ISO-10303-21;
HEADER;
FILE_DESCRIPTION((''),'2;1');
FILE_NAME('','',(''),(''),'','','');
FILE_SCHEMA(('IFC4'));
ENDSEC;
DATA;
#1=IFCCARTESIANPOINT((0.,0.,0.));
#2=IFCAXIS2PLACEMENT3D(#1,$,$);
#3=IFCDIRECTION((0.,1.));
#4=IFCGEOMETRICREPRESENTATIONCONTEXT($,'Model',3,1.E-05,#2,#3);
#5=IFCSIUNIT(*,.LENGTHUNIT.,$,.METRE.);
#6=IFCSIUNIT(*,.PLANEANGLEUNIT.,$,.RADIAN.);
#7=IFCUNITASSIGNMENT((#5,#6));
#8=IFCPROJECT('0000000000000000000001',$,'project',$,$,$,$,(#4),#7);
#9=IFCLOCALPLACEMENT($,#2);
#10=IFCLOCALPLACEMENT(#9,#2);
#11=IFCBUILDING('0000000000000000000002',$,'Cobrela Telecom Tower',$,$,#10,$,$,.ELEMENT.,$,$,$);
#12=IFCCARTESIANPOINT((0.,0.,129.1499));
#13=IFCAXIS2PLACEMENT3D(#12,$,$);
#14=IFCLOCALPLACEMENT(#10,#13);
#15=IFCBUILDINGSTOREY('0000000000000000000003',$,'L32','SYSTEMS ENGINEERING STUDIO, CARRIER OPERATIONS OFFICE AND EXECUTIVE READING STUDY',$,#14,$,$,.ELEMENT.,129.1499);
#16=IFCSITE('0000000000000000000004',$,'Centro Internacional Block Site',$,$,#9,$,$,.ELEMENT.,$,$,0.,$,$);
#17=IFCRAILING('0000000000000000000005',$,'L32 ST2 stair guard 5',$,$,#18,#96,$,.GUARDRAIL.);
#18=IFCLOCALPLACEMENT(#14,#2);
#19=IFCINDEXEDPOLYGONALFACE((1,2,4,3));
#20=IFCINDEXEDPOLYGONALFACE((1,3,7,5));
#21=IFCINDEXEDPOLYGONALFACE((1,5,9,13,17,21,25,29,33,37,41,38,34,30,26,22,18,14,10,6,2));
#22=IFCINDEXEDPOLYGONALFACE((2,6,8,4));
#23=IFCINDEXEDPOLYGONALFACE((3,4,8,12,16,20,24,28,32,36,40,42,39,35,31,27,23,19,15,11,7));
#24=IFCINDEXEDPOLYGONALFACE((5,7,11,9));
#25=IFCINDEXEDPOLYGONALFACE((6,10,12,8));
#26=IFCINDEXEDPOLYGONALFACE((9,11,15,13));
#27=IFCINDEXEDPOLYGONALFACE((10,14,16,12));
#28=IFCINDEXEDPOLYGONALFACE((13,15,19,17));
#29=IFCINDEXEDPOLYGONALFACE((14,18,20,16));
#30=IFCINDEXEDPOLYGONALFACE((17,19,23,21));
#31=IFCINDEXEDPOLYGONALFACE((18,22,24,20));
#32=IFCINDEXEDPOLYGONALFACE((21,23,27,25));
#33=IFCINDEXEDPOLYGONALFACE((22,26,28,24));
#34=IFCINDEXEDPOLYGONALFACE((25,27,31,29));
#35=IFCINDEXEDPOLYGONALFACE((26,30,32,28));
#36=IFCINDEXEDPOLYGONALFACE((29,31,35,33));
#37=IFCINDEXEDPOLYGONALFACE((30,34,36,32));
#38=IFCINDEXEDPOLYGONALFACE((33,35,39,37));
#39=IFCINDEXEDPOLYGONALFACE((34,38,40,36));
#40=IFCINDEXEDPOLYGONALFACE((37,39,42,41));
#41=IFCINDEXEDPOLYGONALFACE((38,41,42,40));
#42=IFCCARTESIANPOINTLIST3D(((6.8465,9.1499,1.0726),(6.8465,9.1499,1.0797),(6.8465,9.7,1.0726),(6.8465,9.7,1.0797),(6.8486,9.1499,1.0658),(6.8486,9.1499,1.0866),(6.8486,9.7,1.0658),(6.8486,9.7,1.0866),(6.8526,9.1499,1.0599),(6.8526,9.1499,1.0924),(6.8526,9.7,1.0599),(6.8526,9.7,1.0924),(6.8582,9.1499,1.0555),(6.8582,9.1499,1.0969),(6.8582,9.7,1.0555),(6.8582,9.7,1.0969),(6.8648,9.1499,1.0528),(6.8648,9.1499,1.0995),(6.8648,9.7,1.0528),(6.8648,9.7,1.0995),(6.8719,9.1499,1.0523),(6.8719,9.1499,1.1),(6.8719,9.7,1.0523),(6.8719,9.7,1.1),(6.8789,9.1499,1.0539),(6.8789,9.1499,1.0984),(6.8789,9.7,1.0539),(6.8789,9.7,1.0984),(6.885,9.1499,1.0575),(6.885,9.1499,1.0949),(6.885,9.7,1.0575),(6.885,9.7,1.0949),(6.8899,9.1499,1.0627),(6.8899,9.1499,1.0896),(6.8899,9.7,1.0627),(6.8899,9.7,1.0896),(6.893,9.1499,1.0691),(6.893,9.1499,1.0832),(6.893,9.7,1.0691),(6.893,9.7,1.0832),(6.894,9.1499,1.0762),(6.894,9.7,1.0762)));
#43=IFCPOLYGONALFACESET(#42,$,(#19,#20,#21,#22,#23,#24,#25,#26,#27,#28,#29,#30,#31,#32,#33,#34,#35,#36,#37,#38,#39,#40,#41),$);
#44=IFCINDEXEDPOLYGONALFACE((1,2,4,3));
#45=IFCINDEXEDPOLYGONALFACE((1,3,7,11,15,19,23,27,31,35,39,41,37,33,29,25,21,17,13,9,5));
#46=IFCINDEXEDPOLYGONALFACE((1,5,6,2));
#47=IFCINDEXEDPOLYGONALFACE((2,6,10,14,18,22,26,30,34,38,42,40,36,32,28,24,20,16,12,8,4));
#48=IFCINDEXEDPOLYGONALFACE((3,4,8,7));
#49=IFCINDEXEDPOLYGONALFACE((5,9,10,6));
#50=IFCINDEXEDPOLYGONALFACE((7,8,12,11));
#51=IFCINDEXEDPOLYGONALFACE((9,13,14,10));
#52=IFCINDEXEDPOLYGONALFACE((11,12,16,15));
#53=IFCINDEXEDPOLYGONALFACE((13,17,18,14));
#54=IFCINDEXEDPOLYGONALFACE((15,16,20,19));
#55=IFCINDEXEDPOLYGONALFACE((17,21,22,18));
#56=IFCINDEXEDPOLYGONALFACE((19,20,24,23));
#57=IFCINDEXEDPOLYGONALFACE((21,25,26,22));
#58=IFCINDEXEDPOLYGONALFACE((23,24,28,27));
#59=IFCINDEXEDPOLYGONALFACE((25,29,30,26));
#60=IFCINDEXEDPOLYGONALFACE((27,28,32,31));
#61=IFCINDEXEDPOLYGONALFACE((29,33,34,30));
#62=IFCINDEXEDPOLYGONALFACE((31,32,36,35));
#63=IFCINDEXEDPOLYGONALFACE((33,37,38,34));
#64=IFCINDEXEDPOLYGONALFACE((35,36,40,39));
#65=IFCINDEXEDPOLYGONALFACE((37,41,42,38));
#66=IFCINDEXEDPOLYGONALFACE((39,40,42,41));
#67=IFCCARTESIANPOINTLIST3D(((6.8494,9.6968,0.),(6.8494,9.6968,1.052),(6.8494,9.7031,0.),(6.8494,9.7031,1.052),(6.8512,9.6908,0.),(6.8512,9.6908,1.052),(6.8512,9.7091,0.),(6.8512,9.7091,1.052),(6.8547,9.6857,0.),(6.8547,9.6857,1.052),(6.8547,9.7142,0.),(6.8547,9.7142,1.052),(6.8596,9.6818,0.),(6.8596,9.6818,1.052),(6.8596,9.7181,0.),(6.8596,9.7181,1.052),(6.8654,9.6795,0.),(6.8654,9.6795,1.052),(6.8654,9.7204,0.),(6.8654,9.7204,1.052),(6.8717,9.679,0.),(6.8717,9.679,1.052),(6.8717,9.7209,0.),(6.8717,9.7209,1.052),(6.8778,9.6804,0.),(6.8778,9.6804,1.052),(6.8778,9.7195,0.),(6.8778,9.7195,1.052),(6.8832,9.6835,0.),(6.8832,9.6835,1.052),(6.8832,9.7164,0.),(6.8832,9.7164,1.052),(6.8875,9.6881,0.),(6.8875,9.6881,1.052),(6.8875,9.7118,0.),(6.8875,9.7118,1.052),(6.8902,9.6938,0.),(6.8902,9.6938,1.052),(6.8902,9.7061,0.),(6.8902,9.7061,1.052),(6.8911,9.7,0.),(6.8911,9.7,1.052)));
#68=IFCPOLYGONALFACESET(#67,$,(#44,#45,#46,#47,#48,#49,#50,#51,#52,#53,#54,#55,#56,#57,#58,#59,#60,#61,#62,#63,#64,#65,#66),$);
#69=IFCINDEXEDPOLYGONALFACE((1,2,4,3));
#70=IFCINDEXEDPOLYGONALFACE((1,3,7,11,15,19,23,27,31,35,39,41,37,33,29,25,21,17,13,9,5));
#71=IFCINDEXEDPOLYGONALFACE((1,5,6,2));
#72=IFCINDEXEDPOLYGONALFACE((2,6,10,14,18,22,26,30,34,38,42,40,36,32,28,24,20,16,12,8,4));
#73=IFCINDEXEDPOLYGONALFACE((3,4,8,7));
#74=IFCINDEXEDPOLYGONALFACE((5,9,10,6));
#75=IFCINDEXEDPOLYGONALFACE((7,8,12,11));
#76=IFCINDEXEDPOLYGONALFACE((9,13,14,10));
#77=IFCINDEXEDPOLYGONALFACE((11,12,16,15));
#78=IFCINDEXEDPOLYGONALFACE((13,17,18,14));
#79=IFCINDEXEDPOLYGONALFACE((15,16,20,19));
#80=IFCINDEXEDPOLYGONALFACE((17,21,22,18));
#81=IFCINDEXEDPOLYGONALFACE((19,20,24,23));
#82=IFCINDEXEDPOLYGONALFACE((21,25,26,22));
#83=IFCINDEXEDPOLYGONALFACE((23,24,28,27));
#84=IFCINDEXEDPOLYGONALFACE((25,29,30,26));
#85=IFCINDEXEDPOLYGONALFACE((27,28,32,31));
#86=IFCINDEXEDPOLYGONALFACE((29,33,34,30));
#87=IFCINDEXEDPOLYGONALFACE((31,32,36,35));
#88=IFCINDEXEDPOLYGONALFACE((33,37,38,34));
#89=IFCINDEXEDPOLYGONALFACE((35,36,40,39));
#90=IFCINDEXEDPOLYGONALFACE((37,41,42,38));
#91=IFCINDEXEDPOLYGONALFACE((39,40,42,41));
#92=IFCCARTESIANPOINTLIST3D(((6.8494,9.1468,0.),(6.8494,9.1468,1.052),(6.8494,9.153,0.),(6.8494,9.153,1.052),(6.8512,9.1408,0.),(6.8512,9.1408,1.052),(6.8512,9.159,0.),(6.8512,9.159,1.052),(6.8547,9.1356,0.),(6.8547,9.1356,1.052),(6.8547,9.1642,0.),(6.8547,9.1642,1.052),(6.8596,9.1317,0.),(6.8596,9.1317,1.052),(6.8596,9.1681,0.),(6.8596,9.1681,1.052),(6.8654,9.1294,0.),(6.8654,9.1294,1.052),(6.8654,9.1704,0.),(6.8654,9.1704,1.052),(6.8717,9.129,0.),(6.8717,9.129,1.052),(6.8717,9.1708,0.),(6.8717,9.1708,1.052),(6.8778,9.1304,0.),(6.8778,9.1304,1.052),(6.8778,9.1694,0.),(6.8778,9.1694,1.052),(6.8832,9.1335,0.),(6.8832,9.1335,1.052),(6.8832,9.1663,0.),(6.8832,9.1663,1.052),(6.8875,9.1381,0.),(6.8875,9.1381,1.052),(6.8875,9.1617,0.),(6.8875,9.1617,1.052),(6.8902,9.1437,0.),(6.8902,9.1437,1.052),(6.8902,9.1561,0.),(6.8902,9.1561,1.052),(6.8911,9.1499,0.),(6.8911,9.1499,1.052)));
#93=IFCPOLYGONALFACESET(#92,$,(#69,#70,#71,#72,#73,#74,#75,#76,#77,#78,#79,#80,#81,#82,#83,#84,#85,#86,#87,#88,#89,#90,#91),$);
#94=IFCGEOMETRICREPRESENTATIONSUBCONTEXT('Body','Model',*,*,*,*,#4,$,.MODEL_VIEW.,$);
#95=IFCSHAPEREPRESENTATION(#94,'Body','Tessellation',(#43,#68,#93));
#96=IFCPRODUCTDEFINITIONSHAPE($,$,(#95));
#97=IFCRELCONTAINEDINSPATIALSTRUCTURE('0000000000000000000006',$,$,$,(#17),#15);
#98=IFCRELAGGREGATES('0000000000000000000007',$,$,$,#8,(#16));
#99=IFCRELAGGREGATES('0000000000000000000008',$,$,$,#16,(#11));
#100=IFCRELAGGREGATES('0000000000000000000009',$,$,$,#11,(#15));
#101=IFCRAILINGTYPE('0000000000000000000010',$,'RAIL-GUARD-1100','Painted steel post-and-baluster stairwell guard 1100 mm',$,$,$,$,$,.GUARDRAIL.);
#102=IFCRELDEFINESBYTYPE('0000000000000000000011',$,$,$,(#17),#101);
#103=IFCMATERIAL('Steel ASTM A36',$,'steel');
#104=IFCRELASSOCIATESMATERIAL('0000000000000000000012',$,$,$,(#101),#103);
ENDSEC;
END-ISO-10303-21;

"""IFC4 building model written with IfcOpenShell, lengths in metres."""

from ifc_helpers import new_model, si_unit, direction, frame, origin, origin_2d, place, context, subcontext, project, spatial, circle, extrude, material, type_object, element, save


model = new_model("IFC4")

# Units and contexts
model_context = context("Model", 3, precision=1e-05, world=origin(), true_north=direction((0.0, 1.0)))
body_context = subcontext(model_context, "Body", "Model", "MODEL_VIEW")
ifc_project = project(units=[si_unit("LENGTHUNIT", "METRE"), si_unit("PLANEANGLEUNIT", "RADIAN")], contexts=[model_context])

# Site, building, storey
site_placement = place(None, origin())
site = spatial("IfcSite", under=ifc_project, at=site_placement, Name="Centro Internacional Block Site", CompositionType="ELEMENT", RefElevation=0.0)
building_placement = place(site_placement, origin())
building = spatial("IfcBuilding", under=site, at=building_placement, Name="Cobrela Telecom Tower", CompositionType="ELEMENT")
storey_placement = place(building_placement, frame((0.0, 0.0, 129.1499)))
storey = spatial("IfcBuildingStorey", under=building, at=storey_placement, Name="L32", Description="SYSTEMS ENGINEERING STUDIO, CARRIER OPERATIONS OFFICE AND EXECUTIVE READING STUDY", CompositionType="ELEMENT", Elevation=129.1499)

# Shared definitions
ifc_material_1 = material(Name="Steel ASTM A36", Category="steel")

# Railing
railing_type_1 = type_object("IfcRailingType", Name="RAIL-GUARD-1100", Description="Painted steel post-and-baluster stairwell guard 1100 mm", PredefinedType="GUARDRAIL", material=ifc_material_1)
railing_1_placement = place(storey_placement, frame((6.8701, 9.7, 0.0)))
element("IfcRailing", 1, at=railing_1_placement, inside=storey, type_object=railing_type_1, Name="L32 ST2 stair guard 5", PredefinedType="GUARDRAIL", context=body_context, shape_type="SweptSolid", body=[
    extrude(circle(Radius=0.0239, at=origin_2d()), frame((0.0, 0.0, 1.0762), z_axis=(0.0, -1.0, 0.0), x_axis=(1.0, 0.0, 0.0)), (0.0, 0.0, 1.0), 0.55),
    extrude(circle(Radius=0.021, at=origin_2d()), origin(), (0.0, 0.0, 1.0), 1.052),
    extrude(circle(Radius=0.021, at=origin_2d()), frame((0.0, -0.55, 0.0)), (0.0, 0.0, 1.0), 1.052),
])

save(model, "model.ifc")
